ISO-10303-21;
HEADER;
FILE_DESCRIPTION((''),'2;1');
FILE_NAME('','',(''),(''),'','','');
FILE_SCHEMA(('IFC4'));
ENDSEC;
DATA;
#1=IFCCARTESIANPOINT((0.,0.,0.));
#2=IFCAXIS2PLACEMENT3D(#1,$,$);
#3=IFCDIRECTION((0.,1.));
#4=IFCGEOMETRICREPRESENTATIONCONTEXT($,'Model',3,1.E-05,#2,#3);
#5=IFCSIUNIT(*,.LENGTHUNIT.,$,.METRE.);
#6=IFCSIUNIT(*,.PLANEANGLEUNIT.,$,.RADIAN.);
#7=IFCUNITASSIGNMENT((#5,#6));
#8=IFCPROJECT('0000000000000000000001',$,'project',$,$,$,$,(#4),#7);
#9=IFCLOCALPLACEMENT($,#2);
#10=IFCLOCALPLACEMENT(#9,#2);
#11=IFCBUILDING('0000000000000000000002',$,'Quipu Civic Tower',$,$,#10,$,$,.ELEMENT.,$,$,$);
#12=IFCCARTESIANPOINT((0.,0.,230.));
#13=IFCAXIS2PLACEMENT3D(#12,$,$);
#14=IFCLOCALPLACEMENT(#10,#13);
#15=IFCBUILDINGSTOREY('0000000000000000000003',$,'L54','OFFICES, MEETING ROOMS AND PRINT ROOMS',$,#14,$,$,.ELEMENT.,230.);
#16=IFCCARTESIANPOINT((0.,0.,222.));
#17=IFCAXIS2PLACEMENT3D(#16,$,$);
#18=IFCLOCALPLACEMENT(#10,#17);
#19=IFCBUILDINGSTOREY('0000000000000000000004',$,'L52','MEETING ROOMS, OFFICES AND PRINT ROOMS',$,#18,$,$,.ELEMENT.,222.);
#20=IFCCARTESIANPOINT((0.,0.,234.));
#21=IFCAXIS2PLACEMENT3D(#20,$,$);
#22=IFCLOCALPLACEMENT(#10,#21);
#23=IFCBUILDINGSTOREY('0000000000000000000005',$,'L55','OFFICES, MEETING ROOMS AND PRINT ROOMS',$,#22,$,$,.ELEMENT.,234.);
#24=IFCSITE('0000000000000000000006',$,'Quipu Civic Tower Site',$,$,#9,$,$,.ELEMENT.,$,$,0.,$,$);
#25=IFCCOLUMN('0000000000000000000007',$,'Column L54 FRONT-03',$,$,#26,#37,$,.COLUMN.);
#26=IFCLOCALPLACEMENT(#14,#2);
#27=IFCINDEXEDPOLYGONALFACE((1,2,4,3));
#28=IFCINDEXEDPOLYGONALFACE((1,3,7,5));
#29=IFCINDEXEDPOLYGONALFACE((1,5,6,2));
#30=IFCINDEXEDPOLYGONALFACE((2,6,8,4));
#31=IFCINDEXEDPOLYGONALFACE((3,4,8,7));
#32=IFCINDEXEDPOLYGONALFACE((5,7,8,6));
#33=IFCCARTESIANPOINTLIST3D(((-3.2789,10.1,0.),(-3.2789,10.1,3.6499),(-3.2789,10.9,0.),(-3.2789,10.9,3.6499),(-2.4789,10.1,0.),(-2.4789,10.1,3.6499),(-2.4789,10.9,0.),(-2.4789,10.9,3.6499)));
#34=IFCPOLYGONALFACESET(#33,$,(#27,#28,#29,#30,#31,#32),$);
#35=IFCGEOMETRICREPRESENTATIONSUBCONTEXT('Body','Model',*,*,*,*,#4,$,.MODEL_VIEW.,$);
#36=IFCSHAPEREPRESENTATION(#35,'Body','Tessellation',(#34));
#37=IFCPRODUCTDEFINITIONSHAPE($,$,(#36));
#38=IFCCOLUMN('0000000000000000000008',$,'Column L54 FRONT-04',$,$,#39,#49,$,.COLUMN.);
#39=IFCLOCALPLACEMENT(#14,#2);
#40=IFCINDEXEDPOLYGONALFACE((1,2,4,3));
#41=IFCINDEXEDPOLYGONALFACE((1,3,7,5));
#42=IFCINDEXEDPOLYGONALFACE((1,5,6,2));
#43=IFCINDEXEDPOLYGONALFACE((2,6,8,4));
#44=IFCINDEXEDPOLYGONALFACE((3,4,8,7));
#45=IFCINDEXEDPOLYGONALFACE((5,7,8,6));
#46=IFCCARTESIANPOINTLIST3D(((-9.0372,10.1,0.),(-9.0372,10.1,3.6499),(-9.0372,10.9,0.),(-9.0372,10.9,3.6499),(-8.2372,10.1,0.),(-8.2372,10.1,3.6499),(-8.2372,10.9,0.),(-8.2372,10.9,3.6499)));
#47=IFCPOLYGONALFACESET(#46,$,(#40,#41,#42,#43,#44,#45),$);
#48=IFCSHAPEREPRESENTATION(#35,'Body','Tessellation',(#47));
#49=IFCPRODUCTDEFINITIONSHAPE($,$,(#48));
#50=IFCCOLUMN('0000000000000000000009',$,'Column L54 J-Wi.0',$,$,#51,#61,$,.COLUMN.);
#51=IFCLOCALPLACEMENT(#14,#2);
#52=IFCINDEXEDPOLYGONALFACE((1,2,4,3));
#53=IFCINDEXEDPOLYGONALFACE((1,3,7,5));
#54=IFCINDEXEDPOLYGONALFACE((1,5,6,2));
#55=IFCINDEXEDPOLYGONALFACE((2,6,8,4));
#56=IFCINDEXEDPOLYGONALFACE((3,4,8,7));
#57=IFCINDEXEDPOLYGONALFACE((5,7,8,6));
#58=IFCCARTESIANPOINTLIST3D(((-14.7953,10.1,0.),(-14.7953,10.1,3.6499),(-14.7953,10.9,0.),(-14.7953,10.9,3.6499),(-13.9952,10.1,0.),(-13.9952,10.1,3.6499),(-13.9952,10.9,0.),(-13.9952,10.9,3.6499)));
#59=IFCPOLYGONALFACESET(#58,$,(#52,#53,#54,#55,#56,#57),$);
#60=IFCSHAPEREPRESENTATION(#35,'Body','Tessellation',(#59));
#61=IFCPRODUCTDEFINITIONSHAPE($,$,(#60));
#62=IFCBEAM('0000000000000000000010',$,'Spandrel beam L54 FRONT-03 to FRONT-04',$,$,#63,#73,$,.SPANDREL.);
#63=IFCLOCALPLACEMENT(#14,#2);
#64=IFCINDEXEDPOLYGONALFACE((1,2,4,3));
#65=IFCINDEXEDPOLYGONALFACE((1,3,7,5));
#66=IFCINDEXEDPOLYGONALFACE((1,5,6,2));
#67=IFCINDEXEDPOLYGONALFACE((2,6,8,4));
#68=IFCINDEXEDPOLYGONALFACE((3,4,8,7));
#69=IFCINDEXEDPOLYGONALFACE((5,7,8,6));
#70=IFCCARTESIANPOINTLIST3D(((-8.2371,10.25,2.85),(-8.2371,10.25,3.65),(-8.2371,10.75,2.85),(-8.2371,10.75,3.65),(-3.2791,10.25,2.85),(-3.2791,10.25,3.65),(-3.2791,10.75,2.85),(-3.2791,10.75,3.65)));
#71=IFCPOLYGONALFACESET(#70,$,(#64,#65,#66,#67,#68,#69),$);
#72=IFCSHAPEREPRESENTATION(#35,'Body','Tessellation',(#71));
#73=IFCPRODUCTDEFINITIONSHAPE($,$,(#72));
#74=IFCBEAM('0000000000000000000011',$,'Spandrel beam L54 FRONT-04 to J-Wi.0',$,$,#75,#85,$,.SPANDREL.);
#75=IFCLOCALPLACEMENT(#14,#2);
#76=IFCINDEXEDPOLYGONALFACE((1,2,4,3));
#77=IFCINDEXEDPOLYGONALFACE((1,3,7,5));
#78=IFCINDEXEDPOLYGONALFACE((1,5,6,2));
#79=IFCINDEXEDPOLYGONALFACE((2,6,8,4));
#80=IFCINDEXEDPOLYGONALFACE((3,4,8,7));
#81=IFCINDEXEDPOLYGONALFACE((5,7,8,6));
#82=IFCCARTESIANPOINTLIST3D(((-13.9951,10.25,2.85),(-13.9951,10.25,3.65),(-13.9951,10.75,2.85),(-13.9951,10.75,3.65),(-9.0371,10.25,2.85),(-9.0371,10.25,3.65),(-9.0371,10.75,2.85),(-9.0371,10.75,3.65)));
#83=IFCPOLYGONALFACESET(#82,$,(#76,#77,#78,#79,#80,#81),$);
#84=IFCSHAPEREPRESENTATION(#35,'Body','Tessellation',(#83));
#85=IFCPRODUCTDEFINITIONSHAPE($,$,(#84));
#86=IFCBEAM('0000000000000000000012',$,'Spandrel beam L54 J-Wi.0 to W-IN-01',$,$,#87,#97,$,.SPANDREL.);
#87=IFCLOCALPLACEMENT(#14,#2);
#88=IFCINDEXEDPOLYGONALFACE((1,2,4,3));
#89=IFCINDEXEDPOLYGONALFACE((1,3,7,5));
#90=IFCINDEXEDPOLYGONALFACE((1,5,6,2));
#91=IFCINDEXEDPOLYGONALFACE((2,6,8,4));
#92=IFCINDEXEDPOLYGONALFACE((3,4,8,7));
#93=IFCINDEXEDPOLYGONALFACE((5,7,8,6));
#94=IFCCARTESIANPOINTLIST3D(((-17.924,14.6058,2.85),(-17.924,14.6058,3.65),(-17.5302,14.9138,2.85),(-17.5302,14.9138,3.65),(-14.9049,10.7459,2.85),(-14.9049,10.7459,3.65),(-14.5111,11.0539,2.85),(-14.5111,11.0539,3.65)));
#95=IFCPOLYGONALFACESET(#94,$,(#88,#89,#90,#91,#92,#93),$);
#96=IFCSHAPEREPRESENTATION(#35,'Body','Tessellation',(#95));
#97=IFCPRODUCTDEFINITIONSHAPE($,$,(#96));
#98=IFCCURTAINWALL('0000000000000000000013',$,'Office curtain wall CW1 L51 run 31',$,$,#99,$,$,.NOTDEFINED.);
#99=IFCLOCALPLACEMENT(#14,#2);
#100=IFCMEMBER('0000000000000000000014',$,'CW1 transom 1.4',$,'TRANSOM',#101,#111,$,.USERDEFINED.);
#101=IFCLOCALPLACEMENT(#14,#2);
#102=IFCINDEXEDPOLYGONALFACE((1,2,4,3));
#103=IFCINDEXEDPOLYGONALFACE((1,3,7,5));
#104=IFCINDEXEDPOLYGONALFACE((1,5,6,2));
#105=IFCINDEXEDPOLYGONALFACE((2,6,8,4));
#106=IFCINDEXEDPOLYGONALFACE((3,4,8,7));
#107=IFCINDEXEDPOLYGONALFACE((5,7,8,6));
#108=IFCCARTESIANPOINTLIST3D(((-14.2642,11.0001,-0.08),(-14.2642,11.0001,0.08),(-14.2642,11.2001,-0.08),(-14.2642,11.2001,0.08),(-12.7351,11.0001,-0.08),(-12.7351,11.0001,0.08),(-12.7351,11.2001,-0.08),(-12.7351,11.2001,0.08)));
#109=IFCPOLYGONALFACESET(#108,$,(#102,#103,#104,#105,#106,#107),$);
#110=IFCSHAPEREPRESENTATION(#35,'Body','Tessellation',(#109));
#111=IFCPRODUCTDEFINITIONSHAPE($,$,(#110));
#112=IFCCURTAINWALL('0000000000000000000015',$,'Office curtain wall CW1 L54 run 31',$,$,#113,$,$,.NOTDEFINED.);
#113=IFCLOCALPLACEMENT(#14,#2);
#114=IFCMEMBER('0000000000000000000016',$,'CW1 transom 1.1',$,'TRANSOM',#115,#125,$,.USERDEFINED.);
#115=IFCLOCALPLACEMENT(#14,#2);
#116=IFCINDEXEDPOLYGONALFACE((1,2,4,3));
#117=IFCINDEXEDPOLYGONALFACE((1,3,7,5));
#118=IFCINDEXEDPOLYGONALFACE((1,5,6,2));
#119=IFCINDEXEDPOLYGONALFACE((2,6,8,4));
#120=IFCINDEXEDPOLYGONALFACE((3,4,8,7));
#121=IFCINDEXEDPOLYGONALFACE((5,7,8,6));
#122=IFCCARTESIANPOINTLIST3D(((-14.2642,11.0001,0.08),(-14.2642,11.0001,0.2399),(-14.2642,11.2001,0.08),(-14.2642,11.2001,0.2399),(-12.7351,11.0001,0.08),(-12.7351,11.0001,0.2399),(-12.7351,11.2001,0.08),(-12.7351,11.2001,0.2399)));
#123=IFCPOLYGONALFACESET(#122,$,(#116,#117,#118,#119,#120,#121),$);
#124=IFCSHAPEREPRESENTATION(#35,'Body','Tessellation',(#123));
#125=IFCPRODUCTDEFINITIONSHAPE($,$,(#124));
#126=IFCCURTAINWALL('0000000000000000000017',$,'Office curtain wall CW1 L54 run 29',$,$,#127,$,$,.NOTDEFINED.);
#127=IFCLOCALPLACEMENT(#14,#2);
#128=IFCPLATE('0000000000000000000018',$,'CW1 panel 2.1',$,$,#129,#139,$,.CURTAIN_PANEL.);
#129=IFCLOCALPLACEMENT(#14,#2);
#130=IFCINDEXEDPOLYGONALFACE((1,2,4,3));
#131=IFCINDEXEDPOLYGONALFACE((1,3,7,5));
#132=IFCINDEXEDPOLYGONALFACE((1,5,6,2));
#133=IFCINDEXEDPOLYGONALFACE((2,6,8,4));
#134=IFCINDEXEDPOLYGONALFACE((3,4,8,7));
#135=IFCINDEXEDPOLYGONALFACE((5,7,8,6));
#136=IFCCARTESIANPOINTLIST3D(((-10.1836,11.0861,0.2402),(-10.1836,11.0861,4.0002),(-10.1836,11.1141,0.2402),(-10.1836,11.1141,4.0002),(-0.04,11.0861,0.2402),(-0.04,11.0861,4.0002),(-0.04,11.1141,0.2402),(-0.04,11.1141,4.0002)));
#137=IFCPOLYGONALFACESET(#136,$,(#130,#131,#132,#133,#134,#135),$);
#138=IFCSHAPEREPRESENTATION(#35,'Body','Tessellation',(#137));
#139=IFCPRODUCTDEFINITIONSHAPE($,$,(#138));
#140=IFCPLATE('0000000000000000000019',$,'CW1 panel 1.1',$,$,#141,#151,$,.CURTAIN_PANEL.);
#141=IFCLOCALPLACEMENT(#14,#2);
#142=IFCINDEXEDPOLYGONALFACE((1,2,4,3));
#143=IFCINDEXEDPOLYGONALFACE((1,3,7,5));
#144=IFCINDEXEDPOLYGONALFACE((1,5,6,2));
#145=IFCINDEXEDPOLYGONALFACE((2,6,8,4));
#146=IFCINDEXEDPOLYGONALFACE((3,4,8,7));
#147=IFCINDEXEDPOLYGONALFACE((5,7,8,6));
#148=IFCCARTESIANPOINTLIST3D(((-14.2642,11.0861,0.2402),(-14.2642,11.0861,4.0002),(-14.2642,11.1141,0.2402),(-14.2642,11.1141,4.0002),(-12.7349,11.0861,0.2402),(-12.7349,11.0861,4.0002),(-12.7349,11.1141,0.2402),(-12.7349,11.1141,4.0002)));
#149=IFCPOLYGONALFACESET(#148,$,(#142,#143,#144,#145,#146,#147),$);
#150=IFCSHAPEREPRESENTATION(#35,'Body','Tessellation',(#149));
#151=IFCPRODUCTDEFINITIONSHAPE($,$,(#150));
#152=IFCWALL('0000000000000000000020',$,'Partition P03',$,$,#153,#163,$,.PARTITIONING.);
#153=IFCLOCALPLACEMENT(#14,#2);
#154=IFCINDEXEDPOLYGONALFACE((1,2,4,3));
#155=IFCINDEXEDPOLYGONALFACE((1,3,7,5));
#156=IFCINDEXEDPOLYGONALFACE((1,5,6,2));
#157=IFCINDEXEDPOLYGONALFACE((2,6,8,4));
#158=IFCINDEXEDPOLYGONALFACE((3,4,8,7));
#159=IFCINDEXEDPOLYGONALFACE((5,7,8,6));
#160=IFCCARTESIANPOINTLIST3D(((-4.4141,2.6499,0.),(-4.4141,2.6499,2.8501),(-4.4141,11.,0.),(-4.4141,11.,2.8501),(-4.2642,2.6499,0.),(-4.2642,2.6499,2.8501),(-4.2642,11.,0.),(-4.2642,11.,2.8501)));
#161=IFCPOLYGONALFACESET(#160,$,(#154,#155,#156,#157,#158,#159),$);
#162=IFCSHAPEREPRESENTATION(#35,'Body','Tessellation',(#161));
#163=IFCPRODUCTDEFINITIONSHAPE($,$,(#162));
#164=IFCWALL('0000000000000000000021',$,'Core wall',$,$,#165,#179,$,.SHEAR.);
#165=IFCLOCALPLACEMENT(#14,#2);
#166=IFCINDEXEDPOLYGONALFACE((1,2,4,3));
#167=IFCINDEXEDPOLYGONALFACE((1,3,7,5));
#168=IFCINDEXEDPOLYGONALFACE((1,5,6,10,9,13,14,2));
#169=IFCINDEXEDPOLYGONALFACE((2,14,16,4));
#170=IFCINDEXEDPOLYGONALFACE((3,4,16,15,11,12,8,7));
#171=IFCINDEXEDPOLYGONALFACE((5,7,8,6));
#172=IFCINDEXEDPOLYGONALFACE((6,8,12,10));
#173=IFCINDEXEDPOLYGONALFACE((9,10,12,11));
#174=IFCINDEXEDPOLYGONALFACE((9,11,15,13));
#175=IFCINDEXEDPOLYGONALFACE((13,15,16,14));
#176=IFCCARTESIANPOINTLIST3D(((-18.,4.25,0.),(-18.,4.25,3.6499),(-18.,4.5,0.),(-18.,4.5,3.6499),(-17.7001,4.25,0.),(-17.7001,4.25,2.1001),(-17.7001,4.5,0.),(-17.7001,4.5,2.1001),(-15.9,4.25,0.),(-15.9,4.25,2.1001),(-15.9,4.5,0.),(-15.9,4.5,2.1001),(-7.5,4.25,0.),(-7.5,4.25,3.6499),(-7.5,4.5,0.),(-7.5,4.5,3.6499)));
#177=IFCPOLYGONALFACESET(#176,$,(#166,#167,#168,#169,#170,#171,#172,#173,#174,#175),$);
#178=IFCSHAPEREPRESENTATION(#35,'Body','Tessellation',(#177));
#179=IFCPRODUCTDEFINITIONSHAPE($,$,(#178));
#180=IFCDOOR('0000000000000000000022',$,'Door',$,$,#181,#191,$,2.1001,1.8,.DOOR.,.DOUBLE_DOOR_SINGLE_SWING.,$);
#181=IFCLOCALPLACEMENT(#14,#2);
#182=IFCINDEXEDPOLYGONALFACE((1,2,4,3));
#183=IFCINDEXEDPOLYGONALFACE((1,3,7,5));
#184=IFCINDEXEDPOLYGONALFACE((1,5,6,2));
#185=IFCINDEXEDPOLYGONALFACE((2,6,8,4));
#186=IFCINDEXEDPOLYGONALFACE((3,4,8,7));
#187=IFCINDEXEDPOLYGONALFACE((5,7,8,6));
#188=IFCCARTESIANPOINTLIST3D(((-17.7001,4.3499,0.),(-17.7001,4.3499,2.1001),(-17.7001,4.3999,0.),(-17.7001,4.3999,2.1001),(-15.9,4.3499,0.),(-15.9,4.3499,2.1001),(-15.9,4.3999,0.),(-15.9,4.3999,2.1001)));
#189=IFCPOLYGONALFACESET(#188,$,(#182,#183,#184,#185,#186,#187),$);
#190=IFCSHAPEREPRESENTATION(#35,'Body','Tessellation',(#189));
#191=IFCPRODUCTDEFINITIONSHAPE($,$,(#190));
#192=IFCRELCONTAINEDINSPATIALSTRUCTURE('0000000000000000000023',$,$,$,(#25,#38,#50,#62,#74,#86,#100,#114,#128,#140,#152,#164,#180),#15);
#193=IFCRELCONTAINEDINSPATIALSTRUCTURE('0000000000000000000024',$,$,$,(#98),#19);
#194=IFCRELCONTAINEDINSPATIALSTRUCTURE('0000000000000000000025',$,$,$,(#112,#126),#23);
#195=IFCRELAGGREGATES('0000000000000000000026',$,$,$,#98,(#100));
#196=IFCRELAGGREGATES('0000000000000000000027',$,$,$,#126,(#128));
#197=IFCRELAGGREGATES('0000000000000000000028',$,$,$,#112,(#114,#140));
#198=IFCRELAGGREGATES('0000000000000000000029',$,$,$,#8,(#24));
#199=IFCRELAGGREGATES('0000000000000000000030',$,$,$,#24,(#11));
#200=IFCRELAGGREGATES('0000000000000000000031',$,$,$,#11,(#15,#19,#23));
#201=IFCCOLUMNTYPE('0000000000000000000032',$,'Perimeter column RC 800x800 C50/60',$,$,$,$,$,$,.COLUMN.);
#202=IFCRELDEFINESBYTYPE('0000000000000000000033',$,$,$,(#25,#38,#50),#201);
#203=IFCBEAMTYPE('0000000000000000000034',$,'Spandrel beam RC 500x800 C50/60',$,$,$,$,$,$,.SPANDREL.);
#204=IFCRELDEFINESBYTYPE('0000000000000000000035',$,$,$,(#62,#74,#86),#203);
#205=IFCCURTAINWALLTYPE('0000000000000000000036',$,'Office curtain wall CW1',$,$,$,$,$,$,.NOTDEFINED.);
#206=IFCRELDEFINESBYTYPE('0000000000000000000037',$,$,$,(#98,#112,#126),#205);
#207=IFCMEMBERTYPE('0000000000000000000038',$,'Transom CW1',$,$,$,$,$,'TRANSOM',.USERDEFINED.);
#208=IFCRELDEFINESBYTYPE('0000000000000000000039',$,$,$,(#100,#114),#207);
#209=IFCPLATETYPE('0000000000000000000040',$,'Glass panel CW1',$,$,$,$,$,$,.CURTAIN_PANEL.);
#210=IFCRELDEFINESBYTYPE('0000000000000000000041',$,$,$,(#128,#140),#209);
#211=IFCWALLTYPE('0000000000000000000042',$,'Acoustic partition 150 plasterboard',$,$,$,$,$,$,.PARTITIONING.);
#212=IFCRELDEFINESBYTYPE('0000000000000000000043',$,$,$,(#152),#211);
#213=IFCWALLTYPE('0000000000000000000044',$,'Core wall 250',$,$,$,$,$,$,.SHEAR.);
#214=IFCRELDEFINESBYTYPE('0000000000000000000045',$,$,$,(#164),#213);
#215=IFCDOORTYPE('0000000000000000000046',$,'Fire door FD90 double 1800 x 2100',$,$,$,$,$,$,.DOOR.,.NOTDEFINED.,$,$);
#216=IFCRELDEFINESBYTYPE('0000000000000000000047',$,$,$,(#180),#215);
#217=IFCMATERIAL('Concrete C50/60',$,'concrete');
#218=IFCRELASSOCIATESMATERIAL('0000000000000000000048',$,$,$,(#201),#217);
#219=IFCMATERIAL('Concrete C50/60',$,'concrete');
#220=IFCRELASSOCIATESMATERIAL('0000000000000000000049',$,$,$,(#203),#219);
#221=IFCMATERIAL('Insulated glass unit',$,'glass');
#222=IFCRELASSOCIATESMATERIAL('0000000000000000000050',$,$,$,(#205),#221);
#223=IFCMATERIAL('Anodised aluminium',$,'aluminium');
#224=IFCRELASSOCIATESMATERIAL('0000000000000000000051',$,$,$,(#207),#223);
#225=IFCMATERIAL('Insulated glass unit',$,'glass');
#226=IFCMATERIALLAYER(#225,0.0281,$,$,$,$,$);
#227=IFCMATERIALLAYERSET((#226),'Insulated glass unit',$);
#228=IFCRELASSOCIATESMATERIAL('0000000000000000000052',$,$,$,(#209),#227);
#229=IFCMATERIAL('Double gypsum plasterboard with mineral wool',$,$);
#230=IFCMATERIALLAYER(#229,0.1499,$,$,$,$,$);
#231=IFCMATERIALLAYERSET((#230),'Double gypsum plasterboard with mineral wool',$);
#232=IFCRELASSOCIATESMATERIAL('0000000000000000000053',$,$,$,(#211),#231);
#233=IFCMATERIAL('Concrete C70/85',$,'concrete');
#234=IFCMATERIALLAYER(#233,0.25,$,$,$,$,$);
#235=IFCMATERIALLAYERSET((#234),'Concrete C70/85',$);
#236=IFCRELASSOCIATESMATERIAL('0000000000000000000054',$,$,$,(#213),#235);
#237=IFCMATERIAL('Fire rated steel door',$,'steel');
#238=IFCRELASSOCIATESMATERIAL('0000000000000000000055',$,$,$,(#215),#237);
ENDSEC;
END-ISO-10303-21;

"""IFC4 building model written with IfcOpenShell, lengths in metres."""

from ifc_helpers import new_model, si_unit, direction, frame, frame_2d, origin, origin_2d, place, context, subcontext, project, spatial, rectangle, extrude, material, layer, layer_set, material_profile, profile_set, type_object, element, fill, aggregate, save


model = new_model("IFC4")

# Units and contexts
model_context = context("Model", 3, precision=1e-05, world=origin(), true_north=direction((0.0, 1.0)))
body_context = subcontext(model_context, "Body", "Model", "MODEL_VIEW")
ifc_project = project(units=[si_unit("LENGTHUNIT", "METRE"), si_unit("PLANEANGLEUNIT", "RADIAN")], contexts=[model_context])

# Site, building, storey
site_placement = place(None, origin())
site = spatial("IfcSite", under=ifc_project, at=site_placement, Name="Quipu Civic Tower Site", CompositionType="ELEMENT", RefElevation=0.0)
building_placement = place(site_placement, origin())
building = spatial("IfcBuilding", under=site, at=building_placement, Name="Quipu Civic Tower", CompositionType="ELEMENT")
storey_1_placement = place(building_placement, frame((0.0, 0.0, 230.0)))
storey_1 = spatial("IfcBuildingStorey", under=building, at=storey_1_placement, Name="L54", Description="OFFICES, MEETING ROOMS AND PRINT ROOMS", CompositionType="ELEMENT", Elevation=230.0)

# Columns
ifc_material_1 = material(Name="Concrete C50/60", Category="concrete")
ifc_material_profile_1 = material_profile(ifc_material_1, rectangle(XDim=0.8, YDim=0.8, at=origin_2d()), Name="RC800x800")
ifc_profile_set_1 = profile_set([ifc_material_profile_1], Name="Concrete C50/60")
column_type = type_object("IfcColumnType", Name="Perimeter column RC 800x800 C50/60", PredefinedType="COLUMN", material=ifc_profile_set_1)
for number, where, z_axis, x_axis, name in (
    (1, (-2.8789, 10.5, 0.0), (0.0, 0.0, 1.0), (-1.0, 0.0, 0.0), "Column L54 FRONT-03"),
    (2, (-8.6372, 10.5, 0.0), (0.0, 0.0, 1.0), (-1.0, 0.0, 0.0), "Column L54 FRONT-04"),
    (3, (-14.3953, 10.5, 0.0), (0.0, 0.0, 1.0), (-1.0, 0.0, 0.0), "Column L54 J-Wi.0"),
):
    element("IfcColumn", number, at=place(storey_1_placement, frame(where, z_axis=z_axis, x_axis=x_axis)), inside=storey_1, type_object=column_type, Name=name, PredefinedType="COLUMN", context=body_context, shape_type="SweptSolid", body=[
        extrude(rectangle(XDim=0.8, YDim=0.8, at=origin_2d()), origin(), (0.0, 0.0, 1.0), 3.6499),
    ])

# Beams
ifc_material_2 = material(Name="Concrete C50/60", Category="concrete")
ifc_material_profile_2 = material_profile(ifc_material_2, rectangle(XDim=0.5, YDim=0.8, at=origin_2d()), Name="RC500x800")
ifc_profile_set_2 = profile_set([ifc_material_profile_2], Name="Concrete C50/60")
beam_type = type_object("IfcBeamType", Name="Spandrel beam RC 500x800 C50/60", PredefinedType="SPANDREL", material=ifc_profile_set_2)
for number, where, z_axis, x_axis, name in (
    (4, (-3.2791, 10.5, 3.25), (-1.0, 0.0, 0.0), (0.0, -1.0, 0.0), "Spandrel beam L54 FRONT-03 to FRONT-04"),
    (5, (-9.0371, 10.5, 3.25), (-1.0, 0.0, 0.0), (0.0, -1.0, 0.0), "Spandrel beam L54 FRONT-04 to J-Wi.0"),
):
    element("IfcBeam", number, at=place(storey_1_placement, frame(where, z_axis=z_axis, x_axis=x_axis)), inside=storey_1, type_object=beam_type, Name=name, PredefinedType="SPANDREL", context=body_context, shape_type="SweptSolid", body=[
        extrude(rectangle(XDim=0.5, YDim=0.8, at=origin_2d()), origin(), (0.0, 0.0, 1.0), 4.958),
    ])
beam_placement = place(storey_1_placement, frame((-14.708, 10.8999, 3.25), z_axis=(-0.616091, 0.787675, 0.0), x_axis=(-0.787675, -0.616091, 0.0)))
element("IfcBeam", 6, at=beam_placement, inside=storey_1, type_object=beam_type, Name="Spandrel beam L54 J-Wi.0 to W-IN-01", PredefinedType="SPANDREL", context=body_context, shape_type="SweptSolid", body=[
    extrude(rectangle(XDim=0.5, YDim=0.8, at=origin_2d()), origin(), (0.0, 0.0, 1.0), 4.9004),
])

# Shared definitions
storey_2_placement = place(building_placement, frame((0.0, 0.0, 222.0)))
storey_2 = spatial("IfcBuildingStorey", under=building, at=storey_2_placement, Name="L52", Description="MEETING ROOMS, OFFICES AND PRINT ROOMS", CompositionType="ELEMENT", Elevation=222.0)

# Curtain wall, member
ifc_material_3 = material(Name="Insulated glass unit", Category="glass")
curtain_wall_type = type_object("IfcCurtainWallType", Name="Office curtain wall CW1", PredefinedType="NOTDEFINED", material=ifc_material_3)
curtain_wall_1_placement = place(storey_2_placement, origin())
curtain_wall_1 = element("IfcCurtainWall", 7, at=curtain_wall_1_placement, inside=storey_2, type_object=curtain_wall_type, Name="Office curtain wall CW1 L51 run 31", PredefinedType="NOTDEFINED")
ifc_material_4 = material(Name="Anodised aluminium", Category="aluminium")
ifc_material_profile_3 = material_profile(ifc_material_4, rectangle(XDim=0.2, YDim=0.1599, at=origin_2d()), Name="RECT 200x160")
ifc_profile_set_3 = profile_set([ifc_material_profile_3], Name="Anodised aluminium")
member_type = type_object("IfcMemberType", Name="Transom CW1", ElementType="TRANSOM", PredefinedType="USERDEFINED", material=ifc_profile_set_3)
member_1_placement = place(storey_1_placement, frame((-12.7351, 11.1001, 0.0), z_axis=(-1.0, 0.0, 0.0), x_axis=(0.0, -1.0, 0.0)))
member_1 = element("IfcMember", 8, at=member_1_placement, inside=storey_1, type_object=member_type, Name="CW1 transom 1.4", ObjectType="TRANSOM", PredefinedType="USERDEFINED", context=body_context, shape_type="SweptSolid", body=[
    extrude(rectangle(XDim=0.2, YDim=0.1599, at=origin_2d()), origin(), (0.0, 0.0, 1.0), 1.5291),
])
aggregate(curtain_wall_1, [member_1])

# Shared definitions
storey_3_placement = place(building_placement, frame((0.0, 0.0, 234.0)))
storey_3 = spatial("IfcBuildingStorey", under=building, at=storey_3_placement, Name="L55", Description="OFFICES, MEETING ROOMS AND PRINT ROOMS", CompositionType="ELEMENT", Elevation=234.0)

# Curtain wall, member
curtain_wall_2_placement = place(storey_3_placement, origin())
curtain_wall_2 = element("IfcCurtainWall", 9, at=curtain_wall_2_placement, inside=storey_3, type_object=curtain_wall_type, Name="Office curtain wall CW1 L54 run 31", PredefinedType="NOTDEFINED")
member_2_placement = place(storey_1_placement, frame((-12.7351, 11.1001, 0.1599), z_axis=(-1.0, 0.0, 0.0), x_axis=(0.0, -1.0, 0.0)))
member_2 = element("IfcMember", 10, at=member_2_placement, inside=storey_1, type_object=member_type, Name="CW1 transom 1.1", ObjectType="TRANSOM", PredefinedType="USERDEFINED", context=body_context, shape_type="SweptSolid", body=[
    extrude(rectangle(XDim=0.2, YDim=0.1599, at=origin_2d()), origin(), (0.0, 0.0, 1.0), 1.5291),
])

# Curtain wall, plate
curtain_wall_3_placement = place(storey_3_placement, origin())
curtain_wall_3 = element("IfcCurtainWall", 11, at=curtain_wall_3_placement, inside=storey_3, type_object=curtain_wall_type, Name="Office curtain wall CW1 L54 run 29", PredefinedType="NOTDEFINED")
ifc_material_5 = material(Name="Insulated glass unit", Category="glass")
ifc_layer_1 = layer(ifc_material_5, 0.0281)
ifc_layer_set_1 = layer_set([ifc_layer_1], Name="Insulated glass unit")
plate_type = type_object("IfcPlateType", Name="Glass panel CW1", PredefinedType="CURTAIN_PANEL", material=ifc_layer_set_1)
plate_1_placement = place(storey_1_placement, frame((-5.1118, 11.1001, 0.2402), z_axis=(0.0, 0.0, 1.0), x_axis=(-1.0, 0.0, 0.0)))
plate_1 = element("IfcPlate", 12, at=plate_1_placement, inside=storey_1, type_object=plate_type, Name="CW1 panel 2.1", PredefinedType="CURTAIN_PANEL", context=body_context, shape_type="SweptSolid", body=[
    extrude(rectangle(XDim=10.1436, YDim=0.0281, at=origin_2d()), origin(), (0.0, 0.0, 1.0), 3.76),
])
aggregate(curtain_wall_3, [plate_1])

# Plate
plate_2_placement = place(storey_1_placement, frame((-13.4995, 11.1001, 0.2402), z_axis=(0.0, 0.0, 1.0), x_axis=(-1.0, 0.0, 0.0)))
plate_2 = element("IfcPlate", 13, at=plate_2_placement, inside=storey_1, type_object=plate_type, Name="CW1 panel 1.1", PredefinedType="CURTAIN_PANEL", context=body_context, shape_type="SweptSolid", body=[
    extrude(rectangle(XDim=1.5293, YDim=0.0281, at=origin_2d()), origin(), (0.0, 0.0, 1.0), 3.76),
])
aggregate(curtain_wall_2, [member_2, plate_2])

# Wall
ifc_material_6 = material(Name="Double gypsum plasterboard with mineral wool")
ifc_layer_2 = layer(ifc_material_6, 0.1499)
ifc_layer_set_2 = layer_set([ifc_layer_2], Name="Double gypsum plasterboard with mineral wool")
wall_type_1 = type_object("IfcWallType", Name="Acoustic partition 150 plasterboard", PredefinedType="PARTITIONING", material=ifc_layer_set_2)
wall_1_placement = place(storey_1_placement, frame((-4.3391, 2.6499, 0.0), z_axis=(0.0, 0.0, 1.0), x_axis=(0.0, 1.0, 0.0)))
element("IfcWall", 14, at=wall_1_placement, inside=storey_1, type_object=wall_type_1, Name="Partition P03", PredefinedType="PARTITIONING", context=body_context, shape_type="SweptSolid", body=[
    extrude(rectangle(XDim=8.3501, YDim=0.1499, at=frame_2d((4.175, 0.0))), origin(), (0.0, 0.0, 1.0), 2.8501),
])

# Wall, opening, door
ifc_material_7 = material(Name="Concrete C70/85", Category="concrete")
ifc_layer_3 = layer(ifc_material_7, 0.25)
ifc_layer_set_3 = layer_set([ifc_layer_3], Name="Concrete C70/85")
wall_type_2 = type_object("IfcWallType", Name="Core wall 250", PredefinedType="SHEAR", material=ifc_layer_set_3)
wall_2_placement = place(storey_1_placement, frame((-18.0, 4.375, 0.0), z_axis=(0.0, 0.0, 1.0), x_axis=(1.0, 0.0, 0.0)))
wall_2 = element("IfcWall", 15, at=wall_2_placement, inside=storey_1, type_object=wall_type_2, Name="Core wall", PredefinedType="SHEAR", context=body_context, shape_type="SweptSolid", body=[
    extrude(rectangle(XDim=10.5, YDim=0.25, at=frame_2d((5.25, 0.0))), origin(), (0.0, 0.0, 1.0), 3.6499),
])
opening_1_placement = place(wall_2_placement, frame((0.3, 0.0, 0.0)))
opening_1 = element("IfcOpeningElement", 16, at=opening_1_placement, cuts=wall_2, PredefinedType="OPENING", context=body_context, shape_type="SweptSolid", body=[
    extrude(rectangle(XDim=1.8, YDim=2.1001, at=frame_2d((0.8999, 1.05))), frame((0.0, 0.135, 0.0), z_axis=(0.0, -1.0, 0.0), x_axis=(1.0, 0.0, 0.0)), (0.0, 0.0, 1.0), 0.27),
])
ifc_material_8 = material(Name="Fire rated steel door", Category="steel")
door_type_1 = type_object("IfcDoorType", Name="Fire door FD90 double 1800 x 2100", OperationType="NOTDEFINED", PredefinedType="DOOR", material=ifc_material_8)
door_1_placement = place(opening_1_placement, origin())
door_1 = element("IfcDoor", 17, at=door_1_placement, inside=storey_1, type_object=door_type_1, Name="Door", OperationType="DOUBLE_DOOR_SINGLE_SWING", OverallHeight=2.1001, OverallWidth=1.8, PredefinedType="DOOR", context=body_context, shape_type="SweptSolid", body=[
    extrude(rectangle(XDim=1.8, YDim=2.1001, at=frame_2d((0.8999, 1.05))), frame((0.0, 0.0249, 0.0), z_axis=(0.0, -1.0, 0.0), x_axis=(1.0, 0.0, 0.0)), (0.0, 0.0, 1.0), 0.05),
])
fill(opening_1, door_1)

save(model, "model.ifc")
